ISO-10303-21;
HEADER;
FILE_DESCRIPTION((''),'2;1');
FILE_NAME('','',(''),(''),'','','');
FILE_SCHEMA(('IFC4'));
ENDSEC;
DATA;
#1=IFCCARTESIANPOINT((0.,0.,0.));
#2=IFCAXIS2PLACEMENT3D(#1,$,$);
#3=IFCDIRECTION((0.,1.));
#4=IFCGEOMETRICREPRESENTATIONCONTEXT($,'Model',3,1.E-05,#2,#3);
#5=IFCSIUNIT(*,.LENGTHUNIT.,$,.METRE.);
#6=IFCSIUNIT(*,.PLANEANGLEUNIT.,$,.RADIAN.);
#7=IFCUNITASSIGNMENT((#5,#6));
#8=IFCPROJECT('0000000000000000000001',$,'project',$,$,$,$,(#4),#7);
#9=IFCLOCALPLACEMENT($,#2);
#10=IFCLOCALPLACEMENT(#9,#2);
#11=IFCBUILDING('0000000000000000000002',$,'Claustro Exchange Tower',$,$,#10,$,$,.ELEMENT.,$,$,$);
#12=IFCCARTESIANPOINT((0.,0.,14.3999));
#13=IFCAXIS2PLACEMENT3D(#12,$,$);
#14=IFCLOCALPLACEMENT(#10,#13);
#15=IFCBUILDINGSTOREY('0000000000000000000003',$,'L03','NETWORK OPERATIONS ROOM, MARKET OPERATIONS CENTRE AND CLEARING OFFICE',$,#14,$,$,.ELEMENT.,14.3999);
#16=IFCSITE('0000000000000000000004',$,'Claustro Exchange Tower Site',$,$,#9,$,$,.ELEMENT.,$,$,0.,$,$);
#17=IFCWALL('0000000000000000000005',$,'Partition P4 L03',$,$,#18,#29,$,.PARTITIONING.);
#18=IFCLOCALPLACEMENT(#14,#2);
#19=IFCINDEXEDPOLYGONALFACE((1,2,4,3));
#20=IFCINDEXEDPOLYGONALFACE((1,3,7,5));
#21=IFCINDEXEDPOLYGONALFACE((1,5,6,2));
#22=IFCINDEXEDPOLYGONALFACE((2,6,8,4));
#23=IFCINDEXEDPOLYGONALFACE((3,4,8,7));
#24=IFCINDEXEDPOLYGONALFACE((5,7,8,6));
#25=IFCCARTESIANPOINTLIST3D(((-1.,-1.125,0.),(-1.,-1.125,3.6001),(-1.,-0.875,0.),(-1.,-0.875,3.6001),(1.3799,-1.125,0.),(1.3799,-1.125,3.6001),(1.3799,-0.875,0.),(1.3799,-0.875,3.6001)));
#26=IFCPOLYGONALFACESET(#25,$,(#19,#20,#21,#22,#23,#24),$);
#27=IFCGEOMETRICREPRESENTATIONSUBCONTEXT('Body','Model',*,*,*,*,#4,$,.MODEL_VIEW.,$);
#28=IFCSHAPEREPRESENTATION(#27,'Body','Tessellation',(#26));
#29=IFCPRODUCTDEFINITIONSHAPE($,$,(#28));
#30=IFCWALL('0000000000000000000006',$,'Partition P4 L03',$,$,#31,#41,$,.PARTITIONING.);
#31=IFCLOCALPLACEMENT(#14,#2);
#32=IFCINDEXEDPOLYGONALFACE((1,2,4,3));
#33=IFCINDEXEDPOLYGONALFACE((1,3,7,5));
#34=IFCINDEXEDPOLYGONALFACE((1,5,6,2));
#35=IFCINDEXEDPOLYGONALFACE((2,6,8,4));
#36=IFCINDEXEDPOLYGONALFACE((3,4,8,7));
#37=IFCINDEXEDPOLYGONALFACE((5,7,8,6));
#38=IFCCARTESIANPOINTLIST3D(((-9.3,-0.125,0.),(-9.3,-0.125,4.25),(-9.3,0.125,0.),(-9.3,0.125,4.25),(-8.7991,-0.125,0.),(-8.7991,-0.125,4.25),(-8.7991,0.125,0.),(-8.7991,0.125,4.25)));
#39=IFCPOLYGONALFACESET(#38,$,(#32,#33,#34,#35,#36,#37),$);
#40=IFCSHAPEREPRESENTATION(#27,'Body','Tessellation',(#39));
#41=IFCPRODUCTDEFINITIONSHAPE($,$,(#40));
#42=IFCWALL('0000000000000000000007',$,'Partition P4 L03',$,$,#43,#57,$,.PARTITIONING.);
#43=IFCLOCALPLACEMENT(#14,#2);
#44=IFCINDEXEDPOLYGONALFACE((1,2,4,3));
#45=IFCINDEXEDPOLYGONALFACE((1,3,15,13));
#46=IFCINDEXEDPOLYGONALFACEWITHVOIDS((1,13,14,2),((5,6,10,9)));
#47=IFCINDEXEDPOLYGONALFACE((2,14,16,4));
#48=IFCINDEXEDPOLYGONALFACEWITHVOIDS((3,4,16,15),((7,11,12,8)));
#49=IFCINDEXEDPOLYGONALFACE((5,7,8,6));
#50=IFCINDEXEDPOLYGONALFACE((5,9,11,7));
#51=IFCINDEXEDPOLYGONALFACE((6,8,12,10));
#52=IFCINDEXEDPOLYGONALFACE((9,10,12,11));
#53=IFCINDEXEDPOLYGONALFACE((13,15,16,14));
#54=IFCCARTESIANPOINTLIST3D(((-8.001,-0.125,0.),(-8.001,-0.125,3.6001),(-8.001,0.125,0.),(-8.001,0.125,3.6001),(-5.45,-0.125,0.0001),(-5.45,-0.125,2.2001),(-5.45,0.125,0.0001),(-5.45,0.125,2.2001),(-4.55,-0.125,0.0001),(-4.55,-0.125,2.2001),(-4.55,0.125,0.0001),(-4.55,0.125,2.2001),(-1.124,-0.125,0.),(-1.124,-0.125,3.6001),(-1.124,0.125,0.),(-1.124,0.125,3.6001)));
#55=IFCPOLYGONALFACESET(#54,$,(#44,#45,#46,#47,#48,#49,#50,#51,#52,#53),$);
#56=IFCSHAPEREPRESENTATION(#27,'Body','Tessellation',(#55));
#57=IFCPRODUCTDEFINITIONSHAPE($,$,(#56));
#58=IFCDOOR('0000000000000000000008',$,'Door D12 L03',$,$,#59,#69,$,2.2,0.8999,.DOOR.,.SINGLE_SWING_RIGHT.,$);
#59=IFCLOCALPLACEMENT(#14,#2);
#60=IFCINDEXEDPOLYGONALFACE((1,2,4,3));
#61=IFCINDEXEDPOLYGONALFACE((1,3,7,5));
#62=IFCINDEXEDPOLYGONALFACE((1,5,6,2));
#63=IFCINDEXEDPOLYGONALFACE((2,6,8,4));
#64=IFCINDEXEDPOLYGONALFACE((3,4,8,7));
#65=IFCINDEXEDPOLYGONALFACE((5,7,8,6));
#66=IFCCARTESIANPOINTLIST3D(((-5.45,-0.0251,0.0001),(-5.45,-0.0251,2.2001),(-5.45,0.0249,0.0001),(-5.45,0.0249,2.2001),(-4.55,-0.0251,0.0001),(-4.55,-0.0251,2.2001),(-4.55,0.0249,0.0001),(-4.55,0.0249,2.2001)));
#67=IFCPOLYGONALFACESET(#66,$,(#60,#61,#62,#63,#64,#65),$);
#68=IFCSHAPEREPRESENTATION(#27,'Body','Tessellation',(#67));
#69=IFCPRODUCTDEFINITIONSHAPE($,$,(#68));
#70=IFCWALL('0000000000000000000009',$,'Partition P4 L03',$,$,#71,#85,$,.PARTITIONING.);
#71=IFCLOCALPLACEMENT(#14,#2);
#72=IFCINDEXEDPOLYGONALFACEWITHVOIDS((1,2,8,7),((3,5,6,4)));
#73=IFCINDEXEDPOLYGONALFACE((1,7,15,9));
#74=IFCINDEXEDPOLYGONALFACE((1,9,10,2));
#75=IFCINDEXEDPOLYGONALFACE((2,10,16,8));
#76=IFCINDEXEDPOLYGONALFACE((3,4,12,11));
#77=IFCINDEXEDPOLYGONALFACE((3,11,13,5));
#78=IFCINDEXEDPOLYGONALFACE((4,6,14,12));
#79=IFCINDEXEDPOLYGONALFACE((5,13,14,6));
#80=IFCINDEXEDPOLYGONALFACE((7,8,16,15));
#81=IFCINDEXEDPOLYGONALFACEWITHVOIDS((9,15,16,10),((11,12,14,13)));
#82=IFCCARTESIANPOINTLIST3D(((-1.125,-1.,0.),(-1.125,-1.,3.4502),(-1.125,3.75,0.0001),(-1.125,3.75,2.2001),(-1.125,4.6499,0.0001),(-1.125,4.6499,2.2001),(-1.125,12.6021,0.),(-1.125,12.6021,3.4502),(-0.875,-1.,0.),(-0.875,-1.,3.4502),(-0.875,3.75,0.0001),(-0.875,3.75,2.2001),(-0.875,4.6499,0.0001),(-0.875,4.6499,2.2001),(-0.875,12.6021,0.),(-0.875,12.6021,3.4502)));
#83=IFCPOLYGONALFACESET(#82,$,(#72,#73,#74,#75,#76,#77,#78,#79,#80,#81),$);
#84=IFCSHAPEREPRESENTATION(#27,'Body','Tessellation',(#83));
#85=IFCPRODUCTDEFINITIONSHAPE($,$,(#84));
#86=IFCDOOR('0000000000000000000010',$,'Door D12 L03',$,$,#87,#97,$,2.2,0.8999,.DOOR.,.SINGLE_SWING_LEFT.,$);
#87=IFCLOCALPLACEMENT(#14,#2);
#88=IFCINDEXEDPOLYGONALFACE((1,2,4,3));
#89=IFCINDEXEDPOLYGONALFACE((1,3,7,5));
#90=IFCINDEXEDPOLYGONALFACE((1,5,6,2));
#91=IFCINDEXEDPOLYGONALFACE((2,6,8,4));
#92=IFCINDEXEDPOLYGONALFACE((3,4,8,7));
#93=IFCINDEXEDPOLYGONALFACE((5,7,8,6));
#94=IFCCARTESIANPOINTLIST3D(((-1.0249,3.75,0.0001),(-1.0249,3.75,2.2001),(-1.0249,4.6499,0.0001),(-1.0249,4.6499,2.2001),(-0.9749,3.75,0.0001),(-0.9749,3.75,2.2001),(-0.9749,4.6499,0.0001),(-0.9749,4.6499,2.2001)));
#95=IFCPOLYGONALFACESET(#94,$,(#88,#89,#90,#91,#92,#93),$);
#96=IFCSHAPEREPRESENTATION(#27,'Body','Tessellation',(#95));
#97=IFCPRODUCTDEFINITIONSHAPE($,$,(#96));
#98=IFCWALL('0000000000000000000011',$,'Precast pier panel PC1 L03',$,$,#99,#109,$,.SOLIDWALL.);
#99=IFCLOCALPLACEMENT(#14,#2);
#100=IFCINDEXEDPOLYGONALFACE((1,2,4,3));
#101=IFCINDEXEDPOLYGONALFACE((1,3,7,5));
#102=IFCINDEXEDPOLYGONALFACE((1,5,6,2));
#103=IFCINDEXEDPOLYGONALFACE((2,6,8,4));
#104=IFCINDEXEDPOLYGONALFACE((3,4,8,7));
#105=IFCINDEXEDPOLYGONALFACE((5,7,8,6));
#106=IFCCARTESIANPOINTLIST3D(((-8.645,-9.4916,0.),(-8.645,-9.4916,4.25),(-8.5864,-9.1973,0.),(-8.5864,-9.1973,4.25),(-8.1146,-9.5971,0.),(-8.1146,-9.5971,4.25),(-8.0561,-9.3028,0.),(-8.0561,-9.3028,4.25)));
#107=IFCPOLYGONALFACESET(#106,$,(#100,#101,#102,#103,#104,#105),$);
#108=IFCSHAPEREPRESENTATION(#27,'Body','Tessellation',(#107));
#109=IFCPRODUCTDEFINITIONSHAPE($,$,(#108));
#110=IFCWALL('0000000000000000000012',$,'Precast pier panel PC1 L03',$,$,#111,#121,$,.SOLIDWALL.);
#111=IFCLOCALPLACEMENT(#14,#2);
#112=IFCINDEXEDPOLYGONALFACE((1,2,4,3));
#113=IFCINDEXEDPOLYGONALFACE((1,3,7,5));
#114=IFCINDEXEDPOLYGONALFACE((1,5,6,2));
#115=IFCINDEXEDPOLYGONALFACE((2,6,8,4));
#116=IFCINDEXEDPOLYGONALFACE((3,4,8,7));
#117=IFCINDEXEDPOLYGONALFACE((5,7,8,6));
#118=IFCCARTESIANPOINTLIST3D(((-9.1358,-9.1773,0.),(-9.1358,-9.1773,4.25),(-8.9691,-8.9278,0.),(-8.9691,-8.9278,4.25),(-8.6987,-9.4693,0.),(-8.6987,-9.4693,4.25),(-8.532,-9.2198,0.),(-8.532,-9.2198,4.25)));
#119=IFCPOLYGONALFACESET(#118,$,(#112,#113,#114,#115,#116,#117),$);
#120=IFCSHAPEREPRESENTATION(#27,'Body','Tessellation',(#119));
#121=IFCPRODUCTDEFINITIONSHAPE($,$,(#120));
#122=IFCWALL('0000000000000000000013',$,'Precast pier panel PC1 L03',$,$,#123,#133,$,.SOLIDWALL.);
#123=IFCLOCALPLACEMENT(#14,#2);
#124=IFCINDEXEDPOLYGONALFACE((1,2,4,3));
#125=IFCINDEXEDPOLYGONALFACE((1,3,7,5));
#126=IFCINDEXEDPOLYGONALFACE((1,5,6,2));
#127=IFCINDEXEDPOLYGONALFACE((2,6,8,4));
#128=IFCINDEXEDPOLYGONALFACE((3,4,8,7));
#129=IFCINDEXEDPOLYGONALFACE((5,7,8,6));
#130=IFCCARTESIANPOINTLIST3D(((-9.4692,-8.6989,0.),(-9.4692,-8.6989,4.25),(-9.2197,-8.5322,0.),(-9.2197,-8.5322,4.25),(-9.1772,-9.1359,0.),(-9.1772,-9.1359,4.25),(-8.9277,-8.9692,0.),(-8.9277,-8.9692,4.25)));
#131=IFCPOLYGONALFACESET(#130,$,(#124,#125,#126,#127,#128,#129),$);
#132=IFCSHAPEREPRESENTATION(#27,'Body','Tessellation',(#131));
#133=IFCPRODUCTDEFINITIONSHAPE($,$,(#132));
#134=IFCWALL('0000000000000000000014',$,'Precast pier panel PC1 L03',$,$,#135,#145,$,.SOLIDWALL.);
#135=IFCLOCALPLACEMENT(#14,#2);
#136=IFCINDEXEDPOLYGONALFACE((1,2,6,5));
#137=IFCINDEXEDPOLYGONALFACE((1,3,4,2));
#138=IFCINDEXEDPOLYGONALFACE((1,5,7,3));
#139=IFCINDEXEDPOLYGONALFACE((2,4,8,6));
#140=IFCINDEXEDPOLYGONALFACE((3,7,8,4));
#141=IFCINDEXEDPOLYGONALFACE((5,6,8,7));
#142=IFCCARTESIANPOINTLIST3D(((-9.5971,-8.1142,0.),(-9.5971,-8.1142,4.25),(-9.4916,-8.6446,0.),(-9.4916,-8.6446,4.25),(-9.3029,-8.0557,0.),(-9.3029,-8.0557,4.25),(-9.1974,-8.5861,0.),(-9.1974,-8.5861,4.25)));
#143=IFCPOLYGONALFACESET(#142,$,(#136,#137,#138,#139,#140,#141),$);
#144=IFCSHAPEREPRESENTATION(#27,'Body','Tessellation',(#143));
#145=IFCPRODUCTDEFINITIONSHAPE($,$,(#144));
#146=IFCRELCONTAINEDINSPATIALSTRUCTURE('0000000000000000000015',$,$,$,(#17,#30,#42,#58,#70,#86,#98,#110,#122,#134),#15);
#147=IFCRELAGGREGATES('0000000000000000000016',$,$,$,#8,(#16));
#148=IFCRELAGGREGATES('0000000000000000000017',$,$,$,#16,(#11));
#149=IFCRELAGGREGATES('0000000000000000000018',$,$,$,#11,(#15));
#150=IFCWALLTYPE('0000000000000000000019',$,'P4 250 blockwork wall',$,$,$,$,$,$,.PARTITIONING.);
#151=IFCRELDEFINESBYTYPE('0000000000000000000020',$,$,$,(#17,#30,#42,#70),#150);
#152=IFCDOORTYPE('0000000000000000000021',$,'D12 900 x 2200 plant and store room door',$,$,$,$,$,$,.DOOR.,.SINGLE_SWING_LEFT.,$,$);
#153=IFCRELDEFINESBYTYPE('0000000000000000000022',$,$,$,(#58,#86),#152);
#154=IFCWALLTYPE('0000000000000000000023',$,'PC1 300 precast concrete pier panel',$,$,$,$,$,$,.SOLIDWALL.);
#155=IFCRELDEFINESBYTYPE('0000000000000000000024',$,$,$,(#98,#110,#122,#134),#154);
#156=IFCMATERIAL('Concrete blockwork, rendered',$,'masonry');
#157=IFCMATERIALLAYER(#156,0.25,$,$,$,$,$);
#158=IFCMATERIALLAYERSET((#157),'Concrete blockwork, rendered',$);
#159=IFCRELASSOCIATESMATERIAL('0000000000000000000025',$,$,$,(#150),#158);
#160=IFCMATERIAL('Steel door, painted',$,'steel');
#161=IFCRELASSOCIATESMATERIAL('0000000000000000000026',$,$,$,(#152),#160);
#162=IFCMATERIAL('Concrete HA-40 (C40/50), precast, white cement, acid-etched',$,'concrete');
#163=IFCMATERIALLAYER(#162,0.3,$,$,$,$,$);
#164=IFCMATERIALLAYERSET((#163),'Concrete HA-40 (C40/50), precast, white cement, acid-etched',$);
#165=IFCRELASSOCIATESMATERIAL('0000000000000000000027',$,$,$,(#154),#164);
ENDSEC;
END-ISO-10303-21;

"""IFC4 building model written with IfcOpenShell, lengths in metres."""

from ifc_helpers import new_model, si_unit, direction, frame, frame_2d, origin, place, context, subcontext, project, spatial, rectangle, extrude, material, layer, layer_set, type_object, element, fill, save


model = new_model("IFC4")

# Units and contexts
model_context = context("Model", 3, precision=1e-05, world=origin(), true_north=direction((0.0, 1.0)))
body_context = subcontext(model_context, "Body", "Model", "MODEL_VIEW")
ifc_project = project(units=[si_unit("LENGTHUNIT", "METRE"), si_unit("PLANEANGLEUNIT", "RADIAN")], contexts=[model_context])

# Site, building, storey
site_placement = place(None, origin())
site = spatial("IfcSite", under=ifc_project, at=site_placement, Name="Claustro Exchange Tower Site", CompositionType="ELEMENT", RefElevation=0.0)
building_placement = place(site_placement, origin())
building = spatial("IfcBuilding", under=site, at=building_placement, Name="Claustro Exchange Tower", CompositionType="ELEMENT")
storey_placement = place(building_placement, frame((0.0, 0.0, 14.3999)))
storey = spatial("IfcBuildingStorey", under=building, at=storey_placement, Name="L03", Description="NETWORK OPERATIONS ROOM, MARKET OPERATIONS CENTRE AND CLEARING OFFICE", CompositionType="ELEMENT", Elevation=14.3999)

# Walls
ifc_material_1 = material(Name="Concrete blockwork, rendered", Category="masonry")
ifc_layer_1 = layer(ifc_material_1, 0.25)
ifc_layer_set_1 = layer_set([ifc_layer_1], Name="Concrete blockwork, rendered")
wall_type_1 = type_object("IfcWallType", Name="P4 250 blockwork wall", PredefinedType="PARTITIONING", material=ifc_layer_set_1)
wall_1_placement = place(storey_placement, frame((-1.0, -1.0, 0.0), z_axis=(0.0, 0.0, 1.0), x_axis=(1.0, 0.0, 0.0)))
element("IfcWall", 1, at=wall_1_placement, inside=storey, type_object=wall_type_1, Name="Partition P4 L03", PredefinedType="PARTITIONING", context=body_context, shape_type="SweptSolid", body=[
    extrude(rectangle(XDim=2.3799, YDim=0.25, at=frame_2d((1.1899, 0.0))), origin(), (0.0, 0.0, 1.0), 3.6001),
])
wall_2_placement = place(storey_placement, frame((-9.3, 0.0, 0.0), z_axis=(0.0, 0.0, 1.0), x_axis=(1.0, 0.0, 0.0)))
element("IfcWall", 2, at=wall_2_placement, inside=storey, type_object=wall_type_1, Name="Partition P4 L03", PredefinedType="PARTITIONING", context=body_context, shape_type="SweptSolid", body=[
    extrude(rectangle(XDim=0.501, YDim=0.25, at=frame_2d((0.2505, 0.0))), origin(), (0.0, 0.0, 1.0), 4.25),
])

# Walls, openings, doors
wall_3_placement = place(storey_placement, frame((-8.001, 0.0, 0.0), z_axis=(0.0, 0.0, 1.0), x_axis=(1.0, 0.0, 0.0)))
wall_3 = element("IfcWall", 3, at=wall_3_placement, inside=storey, type_object=wall_type_1, Name="Partition P4 L03", PredefinedType="PARTITIONING", context=body_context, shape_type="SweptSolid", body=[
    extrude(rectangle(XDim=6.877, YDim=0.25, at=frame_2d((3.4385, 0.0))), origin(), (0.0, 0.0, 1.0), 3.6001),
])
opening_1_placement = place(wall_3_placement, frame((2.551, 0.0, 0.0)))
opening_1 = element("IfcOpeningElement", 4, at=opening_1_placement, cuts=wall_3, PredefinedType="OPENING", context=body_context, shape_type="SweptSolid", body=[
    extrude(rectangle(XDim=0.8999, YDim=2.2, at=frame_2d((0.45, 1.1001))), frame((0.0, 0.135, 0.0), z_axis=(0.0, -1.0, 0.0), x_axis=(1.0, 0.0, 0.0)), (0.0, 0.0, 1.0), 0.27),
])
ifc_material_2 = material(Name="Steel door, painted", Category="steel")
door_type = type_object("IfcDoorType", Name="D12 900 x 2200 plant and store room door", OperationType="SINGLE_SWING_LEFT", PredefinedType="DOOR", material=ifc_material_2)
door_1_placement = place(opening_1_placement, origin())
door_1 = element("IfcDoor", 5, at=door_1_placement, inside=storey, type_object=door_type, Name="Door D12 L03", OperationType="SINGLE_SWING_RIGHT", OverallHeight=2.2, OverallWidth=0.8999, PredefinedType="DOOR", context=body_context, shape_type="SweptSolid", body=[
    extrude(rectangle(XDim=0.8999, YDim=2.2, at=frame_2d((0.45, 1.1001))), frame((0.0, 0.0249, 0.0), z_axis=(0.0, -1.0, 0.0), x_axis=(1.0, 0.0, 0.0)), (0.0, 0.0, 1.0), 0.05),
])
fill(opening_1, door_1)
wall_4_placement = place(storey_placement, frame((-1.0, -1.0, 0.0), z_axis=(0.0, 0.0, 1.0), x_axis=(0.0, 1.0, 0.0)))
wall_4 = element("IfcWall", 6, at=wall_4_placement, inside=storey, type_object=wall_type_1, Name="Partition P4 L03", PredefinedType="PARTITIONING", context=body_context, shape_type="SweptSolid", body=[
    extrude(rectangle(XDim=13.6021, YDim=0.25, at=frame_2d((6.801, 0.0))), origin(), (0.0, 0.0, 1.0), 3.4502),
])
opening_2_placement = place(wall_4_placement, frame((4.75, 0.0, 0.0)))
opening_2 = element("IfcOpeningElement", 7, at=opening_2_placement, cuts=wall_4, PredefinedType="OPENING", context=body_context, shape_type="SweptSolid", body=[
    extrude(rectangle(XDim=0.8999, YDim=2.2, at=frame_2d((0.45, 1.1001))), frame((0.0, 0.135, 0.0), z_axis=(0.0, -1.0, 0.0), x_axis=(1.0, 0.0, 0.0)), (0.0, 0.0, 1.0), 0.27),
])
door_2_placement = place(opening_2_placement, origin())
door_2 = element("IfcDoor", 8, at=door_2_placement, inside=storey, type_object=door_type, Name="Door D12 L03", OperationType="SINGLE_SWING_LEFT", OverallHeight=2.2, OverallWidth=0.8999, PredefinedType="DOOR", context=body_context, shape_type="SweptSolid", body=[
    extrude(rectangle(XDim=0.8999, YDim=2.2, at=frame_2d((0.45, 1.1001))), frame((0.0, 0.0249, 0.0), z_axis=(0.0, -1.0, 0.0), x_axis=(1.0, 0.0, 0.0)), (0.0, 0.0, 1.0), 0.05),
])
fill(opening_2, door_2)

# Walls
ifc_material_3 = material(Name="Concrete HA-40 (C40/50), precast, white cement, acid-etched", Category="concrete")
ifc_layer_2 = layer(ifc_material_3, 0.3)
ifc_layer_set_2 = layer_set([ifc_layer_2], Name="Concrete HA-40 (C40/50), precast, white cement, acid-etched")
wall_type_2 = type_object("IfcWallType", Name="PC1 300 precast concrete pier panel", PredefinedType="SOLIDWALL", material=ifc_layer_set_2)
wall_5_placement = place(storey_placement, frame((-8.0852, -9.45, 0.0), z_axis=(0.0, 0.0, 1.0), x_axis=(-0.980789, 0.195074, 0.0)))
element("IfcWall", 9, at=wall_5_placement, inside=storey, type_object=wall_type_2, Name="Precast pier panel PC1 L03", PredefinedType="SOLIDWALL", context=body_context, shape_type="SweptSolid", body=[
    extrude(rectangle(XDim=0.5408, YDim=0.3, at=frame_2d((0.2705, 0.0))), origin(), (0.0, 0.0, 1.0), 4.25),
])
for number, where, z_axis, x_axis, name in (
    (10, (-8.6155, -9.3445, 0.0), (0.0, 0.0, 1.0), (-0.831478, 0.555557, 0.0), "Precast pier panel PC1 L03"),
    (11, (-9.0525, -9.0525, 0.0), (0.0, 0.0, 1.0), (-0.555557, 0.831478, 0.0), "Precast pier panel PC1 L03"),
):
    element("IfcWall", number, at=place(storey_placement, frame(where, z_axis=z_axis, x_axis=x_axis)), inside=storey, type_object=wall_type_2, Name=name, PredefinedType="SOLIDWALL", context=body_context, shape_type="SweptSolid", body=[
        extrude(rectangle(XDim=0.5256, YDim=0.3, at=frame_2d((0.2627, 0.0))), origin(), (0.0, 0.0, 1.0), 4.25),
    ])
wall_6_placement = place(storey_placement, frame((-9.3445, -8.6155, 0.0), z_axis=(0.0, 0.0, 1.0), x_axis=(-0.195074, 0.980789, 0.0)))
element("IfcWall", 12, at=wall_6_placement, inside=storey, type_object=wall_type_2, Name="Precast pier panel PC1 L03", PredefinedType="SOLIDWALL", context=body_context, shape_type="SweptSolid", body=[
    extrude(rectangle(XDim=0.5408, YDim=0.3, at=frame_2d((0.2705, 0.0))), origin(), (0.0, 0.0, 1.0), 4.25),
])

save(model, "model.ifc")
